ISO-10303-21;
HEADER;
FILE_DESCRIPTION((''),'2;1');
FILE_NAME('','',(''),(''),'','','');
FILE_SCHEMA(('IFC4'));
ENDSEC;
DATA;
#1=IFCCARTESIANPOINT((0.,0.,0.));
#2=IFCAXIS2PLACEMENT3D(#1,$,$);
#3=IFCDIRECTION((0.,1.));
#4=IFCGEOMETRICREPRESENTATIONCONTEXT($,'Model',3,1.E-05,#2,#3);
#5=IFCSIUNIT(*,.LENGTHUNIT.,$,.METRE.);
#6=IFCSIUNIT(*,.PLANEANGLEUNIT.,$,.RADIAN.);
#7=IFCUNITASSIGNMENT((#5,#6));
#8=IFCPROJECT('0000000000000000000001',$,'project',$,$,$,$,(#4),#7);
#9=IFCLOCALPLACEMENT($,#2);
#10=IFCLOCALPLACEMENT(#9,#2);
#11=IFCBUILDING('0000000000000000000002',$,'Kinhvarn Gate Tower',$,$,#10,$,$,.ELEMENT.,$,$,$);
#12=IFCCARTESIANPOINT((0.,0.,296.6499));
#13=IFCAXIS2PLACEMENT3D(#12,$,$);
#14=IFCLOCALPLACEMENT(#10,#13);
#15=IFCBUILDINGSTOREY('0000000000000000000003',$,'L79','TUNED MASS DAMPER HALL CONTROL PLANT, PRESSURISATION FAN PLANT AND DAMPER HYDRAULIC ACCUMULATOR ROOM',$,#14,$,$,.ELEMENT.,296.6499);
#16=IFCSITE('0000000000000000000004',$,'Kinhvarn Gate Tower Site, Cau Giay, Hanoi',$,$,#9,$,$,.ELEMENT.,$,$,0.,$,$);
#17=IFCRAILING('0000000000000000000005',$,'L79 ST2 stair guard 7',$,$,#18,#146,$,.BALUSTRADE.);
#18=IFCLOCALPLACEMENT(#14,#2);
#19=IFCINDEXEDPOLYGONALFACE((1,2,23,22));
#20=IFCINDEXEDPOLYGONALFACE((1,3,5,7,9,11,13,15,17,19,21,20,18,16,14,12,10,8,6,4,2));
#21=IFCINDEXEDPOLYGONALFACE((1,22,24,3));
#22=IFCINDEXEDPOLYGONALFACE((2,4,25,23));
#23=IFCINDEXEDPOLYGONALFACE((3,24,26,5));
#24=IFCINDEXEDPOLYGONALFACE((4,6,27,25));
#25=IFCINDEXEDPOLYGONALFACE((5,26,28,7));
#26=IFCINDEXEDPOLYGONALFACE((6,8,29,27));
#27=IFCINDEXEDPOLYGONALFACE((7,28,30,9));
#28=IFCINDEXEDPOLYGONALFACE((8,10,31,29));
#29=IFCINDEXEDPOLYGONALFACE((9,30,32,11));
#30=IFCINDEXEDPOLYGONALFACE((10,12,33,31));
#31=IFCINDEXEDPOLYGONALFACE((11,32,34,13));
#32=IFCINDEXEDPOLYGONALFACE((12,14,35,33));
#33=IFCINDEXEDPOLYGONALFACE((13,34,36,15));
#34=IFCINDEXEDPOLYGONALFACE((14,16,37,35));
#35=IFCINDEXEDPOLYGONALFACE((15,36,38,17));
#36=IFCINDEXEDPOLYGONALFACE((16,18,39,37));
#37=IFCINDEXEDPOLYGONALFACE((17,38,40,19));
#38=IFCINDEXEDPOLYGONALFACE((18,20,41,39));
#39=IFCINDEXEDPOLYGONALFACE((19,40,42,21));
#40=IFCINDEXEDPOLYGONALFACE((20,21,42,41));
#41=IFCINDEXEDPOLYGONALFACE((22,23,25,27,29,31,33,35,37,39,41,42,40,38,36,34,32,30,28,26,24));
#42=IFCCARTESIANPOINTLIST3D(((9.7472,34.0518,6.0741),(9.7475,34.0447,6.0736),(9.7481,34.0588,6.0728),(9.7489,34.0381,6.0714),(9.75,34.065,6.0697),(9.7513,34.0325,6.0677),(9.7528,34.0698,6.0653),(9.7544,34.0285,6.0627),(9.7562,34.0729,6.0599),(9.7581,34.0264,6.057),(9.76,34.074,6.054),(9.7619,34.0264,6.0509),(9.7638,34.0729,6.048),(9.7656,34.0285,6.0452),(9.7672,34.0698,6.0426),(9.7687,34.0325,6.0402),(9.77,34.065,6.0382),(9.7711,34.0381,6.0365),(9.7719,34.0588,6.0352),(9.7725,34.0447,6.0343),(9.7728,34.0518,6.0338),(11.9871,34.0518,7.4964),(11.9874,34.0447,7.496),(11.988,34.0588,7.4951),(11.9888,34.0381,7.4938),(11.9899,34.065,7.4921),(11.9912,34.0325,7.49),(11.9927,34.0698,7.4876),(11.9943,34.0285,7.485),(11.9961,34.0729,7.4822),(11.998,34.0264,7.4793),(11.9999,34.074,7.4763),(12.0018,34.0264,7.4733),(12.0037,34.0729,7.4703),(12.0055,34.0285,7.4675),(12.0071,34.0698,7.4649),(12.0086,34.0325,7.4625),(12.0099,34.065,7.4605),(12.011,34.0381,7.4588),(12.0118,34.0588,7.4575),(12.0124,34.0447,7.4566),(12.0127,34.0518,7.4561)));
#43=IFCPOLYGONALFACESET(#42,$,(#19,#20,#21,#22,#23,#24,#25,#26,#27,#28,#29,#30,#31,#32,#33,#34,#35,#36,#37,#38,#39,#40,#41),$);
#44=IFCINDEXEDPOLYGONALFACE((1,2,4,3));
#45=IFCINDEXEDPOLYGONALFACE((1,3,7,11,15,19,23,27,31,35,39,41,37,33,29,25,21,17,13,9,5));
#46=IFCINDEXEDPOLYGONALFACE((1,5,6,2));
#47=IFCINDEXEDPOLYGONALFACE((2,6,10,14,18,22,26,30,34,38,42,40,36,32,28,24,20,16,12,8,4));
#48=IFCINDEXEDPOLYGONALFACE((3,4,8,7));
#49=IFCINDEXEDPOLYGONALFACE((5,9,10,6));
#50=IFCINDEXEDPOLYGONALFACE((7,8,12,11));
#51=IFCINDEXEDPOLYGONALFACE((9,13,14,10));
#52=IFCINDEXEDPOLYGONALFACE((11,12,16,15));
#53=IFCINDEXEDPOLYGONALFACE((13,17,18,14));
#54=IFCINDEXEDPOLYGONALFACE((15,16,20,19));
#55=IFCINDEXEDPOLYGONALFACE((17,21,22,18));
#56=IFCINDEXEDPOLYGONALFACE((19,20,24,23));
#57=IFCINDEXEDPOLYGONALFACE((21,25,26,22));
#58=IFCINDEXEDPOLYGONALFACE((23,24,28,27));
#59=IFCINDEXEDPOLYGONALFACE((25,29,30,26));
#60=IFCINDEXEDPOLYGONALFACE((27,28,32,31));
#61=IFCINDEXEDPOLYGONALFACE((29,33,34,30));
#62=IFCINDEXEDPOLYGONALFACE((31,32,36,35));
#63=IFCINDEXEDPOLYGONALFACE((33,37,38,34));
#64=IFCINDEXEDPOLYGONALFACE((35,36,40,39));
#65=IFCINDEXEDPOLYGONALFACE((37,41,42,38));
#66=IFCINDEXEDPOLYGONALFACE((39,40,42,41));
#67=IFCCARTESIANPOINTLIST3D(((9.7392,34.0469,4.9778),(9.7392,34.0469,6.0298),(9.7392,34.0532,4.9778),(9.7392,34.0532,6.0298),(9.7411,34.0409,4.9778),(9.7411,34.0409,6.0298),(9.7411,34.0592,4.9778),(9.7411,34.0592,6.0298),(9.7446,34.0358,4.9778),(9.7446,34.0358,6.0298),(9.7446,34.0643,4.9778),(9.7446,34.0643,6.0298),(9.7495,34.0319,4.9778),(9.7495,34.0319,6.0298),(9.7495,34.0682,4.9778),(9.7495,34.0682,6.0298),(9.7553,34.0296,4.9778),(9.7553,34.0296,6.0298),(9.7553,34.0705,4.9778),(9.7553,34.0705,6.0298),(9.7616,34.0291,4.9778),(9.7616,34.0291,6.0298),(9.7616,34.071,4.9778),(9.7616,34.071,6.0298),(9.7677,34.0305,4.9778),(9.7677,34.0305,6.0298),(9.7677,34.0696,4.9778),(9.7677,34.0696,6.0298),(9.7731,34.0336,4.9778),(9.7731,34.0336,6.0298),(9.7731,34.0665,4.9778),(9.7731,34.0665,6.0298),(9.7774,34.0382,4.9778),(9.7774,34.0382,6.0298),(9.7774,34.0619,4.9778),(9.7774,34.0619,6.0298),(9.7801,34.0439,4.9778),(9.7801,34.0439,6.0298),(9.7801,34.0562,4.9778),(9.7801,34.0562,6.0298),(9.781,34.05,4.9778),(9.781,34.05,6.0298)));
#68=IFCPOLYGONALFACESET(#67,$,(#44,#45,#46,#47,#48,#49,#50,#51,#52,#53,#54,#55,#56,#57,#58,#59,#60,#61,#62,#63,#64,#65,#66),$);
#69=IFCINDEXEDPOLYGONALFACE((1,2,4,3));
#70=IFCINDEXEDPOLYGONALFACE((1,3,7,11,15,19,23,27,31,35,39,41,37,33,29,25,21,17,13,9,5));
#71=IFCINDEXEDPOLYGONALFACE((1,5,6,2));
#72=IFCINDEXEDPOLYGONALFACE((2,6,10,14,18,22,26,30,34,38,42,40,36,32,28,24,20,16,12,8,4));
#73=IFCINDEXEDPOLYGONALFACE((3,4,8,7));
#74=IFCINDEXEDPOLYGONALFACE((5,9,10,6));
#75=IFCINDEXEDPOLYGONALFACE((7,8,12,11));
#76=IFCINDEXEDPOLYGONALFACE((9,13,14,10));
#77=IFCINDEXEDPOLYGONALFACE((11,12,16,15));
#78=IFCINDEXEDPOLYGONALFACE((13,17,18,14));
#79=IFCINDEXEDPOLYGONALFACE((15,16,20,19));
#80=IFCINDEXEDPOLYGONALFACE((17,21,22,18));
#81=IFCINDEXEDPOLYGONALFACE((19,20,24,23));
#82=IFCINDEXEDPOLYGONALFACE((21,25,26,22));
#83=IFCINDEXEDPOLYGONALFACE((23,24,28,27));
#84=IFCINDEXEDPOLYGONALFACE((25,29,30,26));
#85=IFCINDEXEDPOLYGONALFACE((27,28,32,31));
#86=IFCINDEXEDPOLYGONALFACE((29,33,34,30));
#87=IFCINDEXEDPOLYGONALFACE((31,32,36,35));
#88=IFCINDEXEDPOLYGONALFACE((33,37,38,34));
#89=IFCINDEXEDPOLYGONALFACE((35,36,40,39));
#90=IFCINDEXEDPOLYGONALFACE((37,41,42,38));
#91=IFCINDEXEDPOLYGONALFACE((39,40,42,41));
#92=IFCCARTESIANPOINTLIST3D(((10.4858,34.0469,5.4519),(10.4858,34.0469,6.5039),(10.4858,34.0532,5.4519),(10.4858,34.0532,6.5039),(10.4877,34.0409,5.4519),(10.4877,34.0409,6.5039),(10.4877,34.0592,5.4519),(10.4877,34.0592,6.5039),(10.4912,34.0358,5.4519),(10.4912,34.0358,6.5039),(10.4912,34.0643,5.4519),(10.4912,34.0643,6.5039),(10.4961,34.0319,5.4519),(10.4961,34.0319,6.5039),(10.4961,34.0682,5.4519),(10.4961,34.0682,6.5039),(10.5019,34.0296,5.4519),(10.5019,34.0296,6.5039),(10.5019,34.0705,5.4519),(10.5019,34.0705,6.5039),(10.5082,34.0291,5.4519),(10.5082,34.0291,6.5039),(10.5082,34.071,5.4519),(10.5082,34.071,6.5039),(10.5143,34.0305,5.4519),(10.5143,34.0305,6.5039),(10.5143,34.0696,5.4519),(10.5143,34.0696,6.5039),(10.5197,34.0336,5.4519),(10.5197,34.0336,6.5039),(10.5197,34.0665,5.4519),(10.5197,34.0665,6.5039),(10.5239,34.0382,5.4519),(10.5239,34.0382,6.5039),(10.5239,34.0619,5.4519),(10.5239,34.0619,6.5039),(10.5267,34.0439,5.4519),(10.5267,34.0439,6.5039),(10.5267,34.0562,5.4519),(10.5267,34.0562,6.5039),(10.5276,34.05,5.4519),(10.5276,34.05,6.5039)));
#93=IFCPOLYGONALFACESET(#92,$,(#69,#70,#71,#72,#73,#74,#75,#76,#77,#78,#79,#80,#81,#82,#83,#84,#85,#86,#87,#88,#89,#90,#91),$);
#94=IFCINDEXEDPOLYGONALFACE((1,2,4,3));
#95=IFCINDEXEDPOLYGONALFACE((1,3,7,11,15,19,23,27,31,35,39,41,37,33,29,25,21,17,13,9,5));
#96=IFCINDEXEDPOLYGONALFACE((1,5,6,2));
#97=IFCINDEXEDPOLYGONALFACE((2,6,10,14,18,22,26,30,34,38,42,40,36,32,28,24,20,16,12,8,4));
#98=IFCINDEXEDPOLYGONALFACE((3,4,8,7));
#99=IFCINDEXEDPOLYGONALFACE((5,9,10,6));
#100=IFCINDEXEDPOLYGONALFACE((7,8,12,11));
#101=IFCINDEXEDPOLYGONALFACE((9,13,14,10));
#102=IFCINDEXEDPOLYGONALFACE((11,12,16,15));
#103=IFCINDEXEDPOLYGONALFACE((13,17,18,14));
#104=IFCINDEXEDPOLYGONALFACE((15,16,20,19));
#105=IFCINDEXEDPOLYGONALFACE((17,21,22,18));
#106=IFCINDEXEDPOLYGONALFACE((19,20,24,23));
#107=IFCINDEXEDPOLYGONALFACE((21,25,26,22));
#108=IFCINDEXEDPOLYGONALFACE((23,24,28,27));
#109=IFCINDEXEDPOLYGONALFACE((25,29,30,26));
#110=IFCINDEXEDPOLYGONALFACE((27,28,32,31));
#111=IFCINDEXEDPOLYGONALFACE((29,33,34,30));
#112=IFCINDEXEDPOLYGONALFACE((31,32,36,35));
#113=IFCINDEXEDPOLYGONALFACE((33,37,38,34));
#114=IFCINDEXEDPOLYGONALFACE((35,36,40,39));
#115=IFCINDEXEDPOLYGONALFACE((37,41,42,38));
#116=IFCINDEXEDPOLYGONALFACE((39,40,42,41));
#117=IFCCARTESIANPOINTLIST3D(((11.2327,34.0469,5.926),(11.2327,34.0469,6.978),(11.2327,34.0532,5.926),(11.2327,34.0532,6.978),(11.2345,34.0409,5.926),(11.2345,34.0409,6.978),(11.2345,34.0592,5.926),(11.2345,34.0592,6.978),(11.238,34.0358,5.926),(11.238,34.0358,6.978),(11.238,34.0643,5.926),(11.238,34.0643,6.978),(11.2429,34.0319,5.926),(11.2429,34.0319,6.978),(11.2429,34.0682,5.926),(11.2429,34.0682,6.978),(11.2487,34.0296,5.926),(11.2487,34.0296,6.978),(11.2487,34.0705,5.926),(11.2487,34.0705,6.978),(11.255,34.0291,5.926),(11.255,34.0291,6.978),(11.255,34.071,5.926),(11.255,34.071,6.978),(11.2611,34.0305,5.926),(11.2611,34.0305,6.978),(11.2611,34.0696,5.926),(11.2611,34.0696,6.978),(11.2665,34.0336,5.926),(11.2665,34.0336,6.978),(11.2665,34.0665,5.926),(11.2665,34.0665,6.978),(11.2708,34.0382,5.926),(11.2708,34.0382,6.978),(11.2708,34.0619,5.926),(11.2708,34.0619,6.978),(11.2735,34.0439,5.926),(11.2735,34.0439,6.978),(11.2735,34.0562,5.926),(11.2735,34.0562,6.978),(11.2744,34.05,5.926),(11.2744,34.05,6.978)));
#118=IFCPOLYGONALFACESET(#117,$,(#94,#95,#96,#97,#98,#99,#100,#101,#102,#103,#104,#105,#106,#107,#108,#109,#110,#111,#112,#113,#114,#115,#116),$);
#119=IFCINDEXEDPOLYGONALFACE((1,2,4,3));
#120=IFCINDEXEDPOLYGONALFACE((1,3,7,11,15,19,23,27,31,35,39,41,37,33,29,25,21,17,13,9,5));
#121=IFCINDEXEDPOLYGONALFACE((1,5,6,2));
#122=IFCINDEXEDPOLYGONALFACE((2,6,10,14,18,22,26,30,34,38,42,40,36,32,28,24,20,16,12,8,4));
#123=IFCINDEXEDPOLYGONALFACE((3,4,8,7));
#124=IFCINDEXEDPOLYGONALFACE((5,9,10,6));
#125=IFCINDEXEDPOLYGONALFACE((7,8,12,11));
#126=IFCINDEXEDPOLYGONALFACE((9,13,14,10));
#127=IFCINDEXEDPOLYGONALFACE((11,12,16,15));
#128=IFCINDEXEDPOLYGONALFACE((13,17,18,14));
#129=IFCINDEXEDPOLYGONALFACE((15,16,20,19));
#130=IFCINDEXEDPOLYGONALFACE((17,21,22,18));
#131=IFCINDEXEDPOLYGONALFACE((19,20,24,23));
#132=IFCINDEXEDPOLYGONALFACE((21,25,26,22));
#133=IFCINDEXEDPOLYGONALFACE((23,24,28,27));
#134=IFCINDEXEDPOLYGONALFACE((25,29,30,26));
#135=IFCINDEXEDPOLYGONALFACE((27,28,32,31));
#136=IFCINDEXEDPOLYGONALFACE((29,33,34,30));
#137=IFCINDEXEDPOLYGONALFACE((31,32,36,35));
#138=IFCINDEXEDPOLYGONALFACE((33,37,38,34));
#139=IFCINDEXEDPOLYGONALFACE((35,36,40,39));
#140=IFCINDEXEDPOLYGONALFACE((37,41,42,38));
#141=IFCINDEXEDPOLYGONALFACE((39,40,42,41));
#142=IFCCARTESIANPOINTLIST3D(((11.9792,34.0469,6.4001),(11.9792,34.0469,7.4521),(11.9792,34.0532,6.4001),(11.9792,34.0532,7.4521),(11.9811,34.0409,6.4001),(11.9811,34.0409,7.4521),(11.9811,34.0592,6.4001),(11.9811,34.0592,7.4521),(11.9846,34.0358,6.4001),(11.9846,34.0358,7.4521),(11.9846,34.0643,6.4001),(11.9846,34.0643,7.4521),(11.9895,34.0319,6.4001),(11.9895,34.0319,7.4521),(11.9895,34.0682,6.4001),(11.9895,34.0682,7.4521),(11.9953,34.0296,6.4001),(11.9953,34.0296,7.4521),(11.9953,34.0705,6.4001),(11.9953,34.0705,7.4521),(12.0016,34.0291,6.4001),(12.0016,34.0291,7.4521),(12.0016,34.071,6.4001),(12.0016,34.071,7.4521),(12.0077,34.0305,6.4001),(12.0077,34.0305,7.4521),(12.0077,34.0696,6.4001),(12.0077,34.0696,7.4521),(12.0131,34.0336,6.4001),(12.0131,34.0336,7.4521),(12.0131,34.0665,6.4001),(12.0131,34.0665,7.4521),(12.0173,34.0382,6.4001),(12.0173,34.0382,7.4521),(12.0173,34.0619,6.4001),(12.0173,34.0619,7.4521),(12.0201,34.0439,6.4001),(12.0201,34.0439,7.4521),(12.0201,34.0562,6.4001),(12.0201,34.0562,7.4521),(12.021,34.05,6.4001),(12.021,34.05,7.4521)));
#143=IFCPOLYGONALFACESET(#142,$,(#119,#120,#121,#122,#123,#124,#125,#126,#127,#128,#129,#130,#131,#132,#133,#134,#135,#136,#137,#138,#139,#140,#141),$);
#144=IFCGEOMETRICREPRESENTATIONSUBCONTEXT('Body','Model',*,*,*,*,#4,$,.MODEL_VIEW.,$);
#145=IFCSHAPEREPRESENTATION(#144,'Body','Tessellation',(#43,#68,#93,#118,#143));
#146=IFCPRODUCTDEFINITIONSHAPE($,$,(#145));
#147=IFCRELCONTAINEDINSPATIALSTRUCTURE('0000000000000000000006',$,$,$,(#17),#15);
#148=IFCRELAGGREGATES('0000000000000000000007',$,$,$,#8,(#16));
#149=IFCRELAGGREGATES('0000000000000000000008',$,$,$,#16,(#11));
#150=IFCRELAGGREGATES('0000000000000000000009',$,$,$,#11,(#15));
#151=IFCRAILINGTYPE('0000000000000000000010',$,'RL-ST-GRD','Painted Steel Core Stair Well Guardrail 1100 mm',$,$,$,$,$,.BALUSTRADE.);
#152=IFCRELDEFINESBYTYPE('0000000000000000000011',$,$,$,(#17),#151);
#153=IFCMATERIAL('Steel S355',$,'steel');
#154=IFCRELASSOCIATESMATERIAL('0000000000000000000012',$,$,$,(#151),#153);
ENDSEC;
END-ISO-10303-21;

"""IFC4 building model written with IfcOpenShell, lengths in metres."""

from ifc_helpers import new_model, si_unit, direction, frame, origin, origin_2d, place, context, subcontext, project, spatial, circle, extrude, material, type_object, element, save


model = new_model("IFC4")

# Units and contexts
model_context = context("Model", 3, precision=1e-05, world=origin(), true_north=direction((0.0, 1.0)))
body_context = subcontext(model_context, "Body", "Model", "MODEL_VIEW")
ifc_project = project(units=[si_unit("LENGTHUNIT", "METRE"), si_unit("PLANEANGLEUNIT", "RADIAN")], contexts=[model_context])

# Site, building, storey
site_placement = place(None, origin())
site = spatial("IfcSite", under=ifc_project, at=site_placement, Name="Kinhvarn Gate Tower Site, Cau Giay, Hanoi", CompositionType="ELEMENT", RefElevation=0.0)
building_placement = place(site_placement, origin())
building = spatial("IfcBuilding", under=site, at=building_placement, Name="Kinhvarn Gate Tower", CompositionType="ELEMENT")
storey_placement = place(building_placement, frame((0.0, 0.0, 296.6499)))
storey = spatial("IfcBuildingStorey", under=building, at=storey_placement, Name="L79", Description="TUNED MASS DAMPER HALL CONTROL PLANT, PRESSURISATION FAN PLANT AND DAMPER HYDRAULIC ACCUMULATOR ROOM", CompositionType="ELEMENT", Elevation=296.6499)

# Shared definitions
ifc_material_1 = material(Name="Steel S355", Category="steel")

# Railing
railing_type = type_object("IfcRailingType", Name="RL-ST-GRD", Description="Painted Steel Core Stair Well Guardrail 1100 mm", PredefinedType="BALUSTRADE", material=ifc_material_1)
railing_1_placement = place(storey_placement, frame((9.76, 34.05, 4.9778)))
element("IfcRailing", 1, at=railing_1_placement, inside=storey, type_object=railing_type, Name="L79 ST2 stair guard 7", PredefinedType="BALUSTRADE", context=body_context, shape_type="SweptSolid", body=[
    extrude(circle(Radius=0.0239, at=origin_2d()), frame((0.0, 0.0, 1.0762), z_axis=(0.844188, 0.0, 0.536048), x_axis=(0.0, 1.0, 0.0)), (0.0, 0.0, 1.0), 2.6533),
    extrude(circle(Radius=0.021, at=origin_2d()), origin(), (0.0, 0.0, 1.0), 1.052),
    extrude(circle(Radius=0.021, at=origin_2d()), frame((0.7466, 0.0, 0.4741)), (0.0, 0.0, 1.0), 1.052),
    extrude(circle(Radius=0.021, at=origin_2d()), frame((1.4934, 0.0, 0.9482)), (0.0, 0.0, 1.0), 1.052),
    extrude(circle(Radius=0.021, at=origin_2d()), frame((2.24, 0.0, 1.4224)), (0.0, 0.0, 1.0), 1.052),
])

save(model, "model.ifc")
